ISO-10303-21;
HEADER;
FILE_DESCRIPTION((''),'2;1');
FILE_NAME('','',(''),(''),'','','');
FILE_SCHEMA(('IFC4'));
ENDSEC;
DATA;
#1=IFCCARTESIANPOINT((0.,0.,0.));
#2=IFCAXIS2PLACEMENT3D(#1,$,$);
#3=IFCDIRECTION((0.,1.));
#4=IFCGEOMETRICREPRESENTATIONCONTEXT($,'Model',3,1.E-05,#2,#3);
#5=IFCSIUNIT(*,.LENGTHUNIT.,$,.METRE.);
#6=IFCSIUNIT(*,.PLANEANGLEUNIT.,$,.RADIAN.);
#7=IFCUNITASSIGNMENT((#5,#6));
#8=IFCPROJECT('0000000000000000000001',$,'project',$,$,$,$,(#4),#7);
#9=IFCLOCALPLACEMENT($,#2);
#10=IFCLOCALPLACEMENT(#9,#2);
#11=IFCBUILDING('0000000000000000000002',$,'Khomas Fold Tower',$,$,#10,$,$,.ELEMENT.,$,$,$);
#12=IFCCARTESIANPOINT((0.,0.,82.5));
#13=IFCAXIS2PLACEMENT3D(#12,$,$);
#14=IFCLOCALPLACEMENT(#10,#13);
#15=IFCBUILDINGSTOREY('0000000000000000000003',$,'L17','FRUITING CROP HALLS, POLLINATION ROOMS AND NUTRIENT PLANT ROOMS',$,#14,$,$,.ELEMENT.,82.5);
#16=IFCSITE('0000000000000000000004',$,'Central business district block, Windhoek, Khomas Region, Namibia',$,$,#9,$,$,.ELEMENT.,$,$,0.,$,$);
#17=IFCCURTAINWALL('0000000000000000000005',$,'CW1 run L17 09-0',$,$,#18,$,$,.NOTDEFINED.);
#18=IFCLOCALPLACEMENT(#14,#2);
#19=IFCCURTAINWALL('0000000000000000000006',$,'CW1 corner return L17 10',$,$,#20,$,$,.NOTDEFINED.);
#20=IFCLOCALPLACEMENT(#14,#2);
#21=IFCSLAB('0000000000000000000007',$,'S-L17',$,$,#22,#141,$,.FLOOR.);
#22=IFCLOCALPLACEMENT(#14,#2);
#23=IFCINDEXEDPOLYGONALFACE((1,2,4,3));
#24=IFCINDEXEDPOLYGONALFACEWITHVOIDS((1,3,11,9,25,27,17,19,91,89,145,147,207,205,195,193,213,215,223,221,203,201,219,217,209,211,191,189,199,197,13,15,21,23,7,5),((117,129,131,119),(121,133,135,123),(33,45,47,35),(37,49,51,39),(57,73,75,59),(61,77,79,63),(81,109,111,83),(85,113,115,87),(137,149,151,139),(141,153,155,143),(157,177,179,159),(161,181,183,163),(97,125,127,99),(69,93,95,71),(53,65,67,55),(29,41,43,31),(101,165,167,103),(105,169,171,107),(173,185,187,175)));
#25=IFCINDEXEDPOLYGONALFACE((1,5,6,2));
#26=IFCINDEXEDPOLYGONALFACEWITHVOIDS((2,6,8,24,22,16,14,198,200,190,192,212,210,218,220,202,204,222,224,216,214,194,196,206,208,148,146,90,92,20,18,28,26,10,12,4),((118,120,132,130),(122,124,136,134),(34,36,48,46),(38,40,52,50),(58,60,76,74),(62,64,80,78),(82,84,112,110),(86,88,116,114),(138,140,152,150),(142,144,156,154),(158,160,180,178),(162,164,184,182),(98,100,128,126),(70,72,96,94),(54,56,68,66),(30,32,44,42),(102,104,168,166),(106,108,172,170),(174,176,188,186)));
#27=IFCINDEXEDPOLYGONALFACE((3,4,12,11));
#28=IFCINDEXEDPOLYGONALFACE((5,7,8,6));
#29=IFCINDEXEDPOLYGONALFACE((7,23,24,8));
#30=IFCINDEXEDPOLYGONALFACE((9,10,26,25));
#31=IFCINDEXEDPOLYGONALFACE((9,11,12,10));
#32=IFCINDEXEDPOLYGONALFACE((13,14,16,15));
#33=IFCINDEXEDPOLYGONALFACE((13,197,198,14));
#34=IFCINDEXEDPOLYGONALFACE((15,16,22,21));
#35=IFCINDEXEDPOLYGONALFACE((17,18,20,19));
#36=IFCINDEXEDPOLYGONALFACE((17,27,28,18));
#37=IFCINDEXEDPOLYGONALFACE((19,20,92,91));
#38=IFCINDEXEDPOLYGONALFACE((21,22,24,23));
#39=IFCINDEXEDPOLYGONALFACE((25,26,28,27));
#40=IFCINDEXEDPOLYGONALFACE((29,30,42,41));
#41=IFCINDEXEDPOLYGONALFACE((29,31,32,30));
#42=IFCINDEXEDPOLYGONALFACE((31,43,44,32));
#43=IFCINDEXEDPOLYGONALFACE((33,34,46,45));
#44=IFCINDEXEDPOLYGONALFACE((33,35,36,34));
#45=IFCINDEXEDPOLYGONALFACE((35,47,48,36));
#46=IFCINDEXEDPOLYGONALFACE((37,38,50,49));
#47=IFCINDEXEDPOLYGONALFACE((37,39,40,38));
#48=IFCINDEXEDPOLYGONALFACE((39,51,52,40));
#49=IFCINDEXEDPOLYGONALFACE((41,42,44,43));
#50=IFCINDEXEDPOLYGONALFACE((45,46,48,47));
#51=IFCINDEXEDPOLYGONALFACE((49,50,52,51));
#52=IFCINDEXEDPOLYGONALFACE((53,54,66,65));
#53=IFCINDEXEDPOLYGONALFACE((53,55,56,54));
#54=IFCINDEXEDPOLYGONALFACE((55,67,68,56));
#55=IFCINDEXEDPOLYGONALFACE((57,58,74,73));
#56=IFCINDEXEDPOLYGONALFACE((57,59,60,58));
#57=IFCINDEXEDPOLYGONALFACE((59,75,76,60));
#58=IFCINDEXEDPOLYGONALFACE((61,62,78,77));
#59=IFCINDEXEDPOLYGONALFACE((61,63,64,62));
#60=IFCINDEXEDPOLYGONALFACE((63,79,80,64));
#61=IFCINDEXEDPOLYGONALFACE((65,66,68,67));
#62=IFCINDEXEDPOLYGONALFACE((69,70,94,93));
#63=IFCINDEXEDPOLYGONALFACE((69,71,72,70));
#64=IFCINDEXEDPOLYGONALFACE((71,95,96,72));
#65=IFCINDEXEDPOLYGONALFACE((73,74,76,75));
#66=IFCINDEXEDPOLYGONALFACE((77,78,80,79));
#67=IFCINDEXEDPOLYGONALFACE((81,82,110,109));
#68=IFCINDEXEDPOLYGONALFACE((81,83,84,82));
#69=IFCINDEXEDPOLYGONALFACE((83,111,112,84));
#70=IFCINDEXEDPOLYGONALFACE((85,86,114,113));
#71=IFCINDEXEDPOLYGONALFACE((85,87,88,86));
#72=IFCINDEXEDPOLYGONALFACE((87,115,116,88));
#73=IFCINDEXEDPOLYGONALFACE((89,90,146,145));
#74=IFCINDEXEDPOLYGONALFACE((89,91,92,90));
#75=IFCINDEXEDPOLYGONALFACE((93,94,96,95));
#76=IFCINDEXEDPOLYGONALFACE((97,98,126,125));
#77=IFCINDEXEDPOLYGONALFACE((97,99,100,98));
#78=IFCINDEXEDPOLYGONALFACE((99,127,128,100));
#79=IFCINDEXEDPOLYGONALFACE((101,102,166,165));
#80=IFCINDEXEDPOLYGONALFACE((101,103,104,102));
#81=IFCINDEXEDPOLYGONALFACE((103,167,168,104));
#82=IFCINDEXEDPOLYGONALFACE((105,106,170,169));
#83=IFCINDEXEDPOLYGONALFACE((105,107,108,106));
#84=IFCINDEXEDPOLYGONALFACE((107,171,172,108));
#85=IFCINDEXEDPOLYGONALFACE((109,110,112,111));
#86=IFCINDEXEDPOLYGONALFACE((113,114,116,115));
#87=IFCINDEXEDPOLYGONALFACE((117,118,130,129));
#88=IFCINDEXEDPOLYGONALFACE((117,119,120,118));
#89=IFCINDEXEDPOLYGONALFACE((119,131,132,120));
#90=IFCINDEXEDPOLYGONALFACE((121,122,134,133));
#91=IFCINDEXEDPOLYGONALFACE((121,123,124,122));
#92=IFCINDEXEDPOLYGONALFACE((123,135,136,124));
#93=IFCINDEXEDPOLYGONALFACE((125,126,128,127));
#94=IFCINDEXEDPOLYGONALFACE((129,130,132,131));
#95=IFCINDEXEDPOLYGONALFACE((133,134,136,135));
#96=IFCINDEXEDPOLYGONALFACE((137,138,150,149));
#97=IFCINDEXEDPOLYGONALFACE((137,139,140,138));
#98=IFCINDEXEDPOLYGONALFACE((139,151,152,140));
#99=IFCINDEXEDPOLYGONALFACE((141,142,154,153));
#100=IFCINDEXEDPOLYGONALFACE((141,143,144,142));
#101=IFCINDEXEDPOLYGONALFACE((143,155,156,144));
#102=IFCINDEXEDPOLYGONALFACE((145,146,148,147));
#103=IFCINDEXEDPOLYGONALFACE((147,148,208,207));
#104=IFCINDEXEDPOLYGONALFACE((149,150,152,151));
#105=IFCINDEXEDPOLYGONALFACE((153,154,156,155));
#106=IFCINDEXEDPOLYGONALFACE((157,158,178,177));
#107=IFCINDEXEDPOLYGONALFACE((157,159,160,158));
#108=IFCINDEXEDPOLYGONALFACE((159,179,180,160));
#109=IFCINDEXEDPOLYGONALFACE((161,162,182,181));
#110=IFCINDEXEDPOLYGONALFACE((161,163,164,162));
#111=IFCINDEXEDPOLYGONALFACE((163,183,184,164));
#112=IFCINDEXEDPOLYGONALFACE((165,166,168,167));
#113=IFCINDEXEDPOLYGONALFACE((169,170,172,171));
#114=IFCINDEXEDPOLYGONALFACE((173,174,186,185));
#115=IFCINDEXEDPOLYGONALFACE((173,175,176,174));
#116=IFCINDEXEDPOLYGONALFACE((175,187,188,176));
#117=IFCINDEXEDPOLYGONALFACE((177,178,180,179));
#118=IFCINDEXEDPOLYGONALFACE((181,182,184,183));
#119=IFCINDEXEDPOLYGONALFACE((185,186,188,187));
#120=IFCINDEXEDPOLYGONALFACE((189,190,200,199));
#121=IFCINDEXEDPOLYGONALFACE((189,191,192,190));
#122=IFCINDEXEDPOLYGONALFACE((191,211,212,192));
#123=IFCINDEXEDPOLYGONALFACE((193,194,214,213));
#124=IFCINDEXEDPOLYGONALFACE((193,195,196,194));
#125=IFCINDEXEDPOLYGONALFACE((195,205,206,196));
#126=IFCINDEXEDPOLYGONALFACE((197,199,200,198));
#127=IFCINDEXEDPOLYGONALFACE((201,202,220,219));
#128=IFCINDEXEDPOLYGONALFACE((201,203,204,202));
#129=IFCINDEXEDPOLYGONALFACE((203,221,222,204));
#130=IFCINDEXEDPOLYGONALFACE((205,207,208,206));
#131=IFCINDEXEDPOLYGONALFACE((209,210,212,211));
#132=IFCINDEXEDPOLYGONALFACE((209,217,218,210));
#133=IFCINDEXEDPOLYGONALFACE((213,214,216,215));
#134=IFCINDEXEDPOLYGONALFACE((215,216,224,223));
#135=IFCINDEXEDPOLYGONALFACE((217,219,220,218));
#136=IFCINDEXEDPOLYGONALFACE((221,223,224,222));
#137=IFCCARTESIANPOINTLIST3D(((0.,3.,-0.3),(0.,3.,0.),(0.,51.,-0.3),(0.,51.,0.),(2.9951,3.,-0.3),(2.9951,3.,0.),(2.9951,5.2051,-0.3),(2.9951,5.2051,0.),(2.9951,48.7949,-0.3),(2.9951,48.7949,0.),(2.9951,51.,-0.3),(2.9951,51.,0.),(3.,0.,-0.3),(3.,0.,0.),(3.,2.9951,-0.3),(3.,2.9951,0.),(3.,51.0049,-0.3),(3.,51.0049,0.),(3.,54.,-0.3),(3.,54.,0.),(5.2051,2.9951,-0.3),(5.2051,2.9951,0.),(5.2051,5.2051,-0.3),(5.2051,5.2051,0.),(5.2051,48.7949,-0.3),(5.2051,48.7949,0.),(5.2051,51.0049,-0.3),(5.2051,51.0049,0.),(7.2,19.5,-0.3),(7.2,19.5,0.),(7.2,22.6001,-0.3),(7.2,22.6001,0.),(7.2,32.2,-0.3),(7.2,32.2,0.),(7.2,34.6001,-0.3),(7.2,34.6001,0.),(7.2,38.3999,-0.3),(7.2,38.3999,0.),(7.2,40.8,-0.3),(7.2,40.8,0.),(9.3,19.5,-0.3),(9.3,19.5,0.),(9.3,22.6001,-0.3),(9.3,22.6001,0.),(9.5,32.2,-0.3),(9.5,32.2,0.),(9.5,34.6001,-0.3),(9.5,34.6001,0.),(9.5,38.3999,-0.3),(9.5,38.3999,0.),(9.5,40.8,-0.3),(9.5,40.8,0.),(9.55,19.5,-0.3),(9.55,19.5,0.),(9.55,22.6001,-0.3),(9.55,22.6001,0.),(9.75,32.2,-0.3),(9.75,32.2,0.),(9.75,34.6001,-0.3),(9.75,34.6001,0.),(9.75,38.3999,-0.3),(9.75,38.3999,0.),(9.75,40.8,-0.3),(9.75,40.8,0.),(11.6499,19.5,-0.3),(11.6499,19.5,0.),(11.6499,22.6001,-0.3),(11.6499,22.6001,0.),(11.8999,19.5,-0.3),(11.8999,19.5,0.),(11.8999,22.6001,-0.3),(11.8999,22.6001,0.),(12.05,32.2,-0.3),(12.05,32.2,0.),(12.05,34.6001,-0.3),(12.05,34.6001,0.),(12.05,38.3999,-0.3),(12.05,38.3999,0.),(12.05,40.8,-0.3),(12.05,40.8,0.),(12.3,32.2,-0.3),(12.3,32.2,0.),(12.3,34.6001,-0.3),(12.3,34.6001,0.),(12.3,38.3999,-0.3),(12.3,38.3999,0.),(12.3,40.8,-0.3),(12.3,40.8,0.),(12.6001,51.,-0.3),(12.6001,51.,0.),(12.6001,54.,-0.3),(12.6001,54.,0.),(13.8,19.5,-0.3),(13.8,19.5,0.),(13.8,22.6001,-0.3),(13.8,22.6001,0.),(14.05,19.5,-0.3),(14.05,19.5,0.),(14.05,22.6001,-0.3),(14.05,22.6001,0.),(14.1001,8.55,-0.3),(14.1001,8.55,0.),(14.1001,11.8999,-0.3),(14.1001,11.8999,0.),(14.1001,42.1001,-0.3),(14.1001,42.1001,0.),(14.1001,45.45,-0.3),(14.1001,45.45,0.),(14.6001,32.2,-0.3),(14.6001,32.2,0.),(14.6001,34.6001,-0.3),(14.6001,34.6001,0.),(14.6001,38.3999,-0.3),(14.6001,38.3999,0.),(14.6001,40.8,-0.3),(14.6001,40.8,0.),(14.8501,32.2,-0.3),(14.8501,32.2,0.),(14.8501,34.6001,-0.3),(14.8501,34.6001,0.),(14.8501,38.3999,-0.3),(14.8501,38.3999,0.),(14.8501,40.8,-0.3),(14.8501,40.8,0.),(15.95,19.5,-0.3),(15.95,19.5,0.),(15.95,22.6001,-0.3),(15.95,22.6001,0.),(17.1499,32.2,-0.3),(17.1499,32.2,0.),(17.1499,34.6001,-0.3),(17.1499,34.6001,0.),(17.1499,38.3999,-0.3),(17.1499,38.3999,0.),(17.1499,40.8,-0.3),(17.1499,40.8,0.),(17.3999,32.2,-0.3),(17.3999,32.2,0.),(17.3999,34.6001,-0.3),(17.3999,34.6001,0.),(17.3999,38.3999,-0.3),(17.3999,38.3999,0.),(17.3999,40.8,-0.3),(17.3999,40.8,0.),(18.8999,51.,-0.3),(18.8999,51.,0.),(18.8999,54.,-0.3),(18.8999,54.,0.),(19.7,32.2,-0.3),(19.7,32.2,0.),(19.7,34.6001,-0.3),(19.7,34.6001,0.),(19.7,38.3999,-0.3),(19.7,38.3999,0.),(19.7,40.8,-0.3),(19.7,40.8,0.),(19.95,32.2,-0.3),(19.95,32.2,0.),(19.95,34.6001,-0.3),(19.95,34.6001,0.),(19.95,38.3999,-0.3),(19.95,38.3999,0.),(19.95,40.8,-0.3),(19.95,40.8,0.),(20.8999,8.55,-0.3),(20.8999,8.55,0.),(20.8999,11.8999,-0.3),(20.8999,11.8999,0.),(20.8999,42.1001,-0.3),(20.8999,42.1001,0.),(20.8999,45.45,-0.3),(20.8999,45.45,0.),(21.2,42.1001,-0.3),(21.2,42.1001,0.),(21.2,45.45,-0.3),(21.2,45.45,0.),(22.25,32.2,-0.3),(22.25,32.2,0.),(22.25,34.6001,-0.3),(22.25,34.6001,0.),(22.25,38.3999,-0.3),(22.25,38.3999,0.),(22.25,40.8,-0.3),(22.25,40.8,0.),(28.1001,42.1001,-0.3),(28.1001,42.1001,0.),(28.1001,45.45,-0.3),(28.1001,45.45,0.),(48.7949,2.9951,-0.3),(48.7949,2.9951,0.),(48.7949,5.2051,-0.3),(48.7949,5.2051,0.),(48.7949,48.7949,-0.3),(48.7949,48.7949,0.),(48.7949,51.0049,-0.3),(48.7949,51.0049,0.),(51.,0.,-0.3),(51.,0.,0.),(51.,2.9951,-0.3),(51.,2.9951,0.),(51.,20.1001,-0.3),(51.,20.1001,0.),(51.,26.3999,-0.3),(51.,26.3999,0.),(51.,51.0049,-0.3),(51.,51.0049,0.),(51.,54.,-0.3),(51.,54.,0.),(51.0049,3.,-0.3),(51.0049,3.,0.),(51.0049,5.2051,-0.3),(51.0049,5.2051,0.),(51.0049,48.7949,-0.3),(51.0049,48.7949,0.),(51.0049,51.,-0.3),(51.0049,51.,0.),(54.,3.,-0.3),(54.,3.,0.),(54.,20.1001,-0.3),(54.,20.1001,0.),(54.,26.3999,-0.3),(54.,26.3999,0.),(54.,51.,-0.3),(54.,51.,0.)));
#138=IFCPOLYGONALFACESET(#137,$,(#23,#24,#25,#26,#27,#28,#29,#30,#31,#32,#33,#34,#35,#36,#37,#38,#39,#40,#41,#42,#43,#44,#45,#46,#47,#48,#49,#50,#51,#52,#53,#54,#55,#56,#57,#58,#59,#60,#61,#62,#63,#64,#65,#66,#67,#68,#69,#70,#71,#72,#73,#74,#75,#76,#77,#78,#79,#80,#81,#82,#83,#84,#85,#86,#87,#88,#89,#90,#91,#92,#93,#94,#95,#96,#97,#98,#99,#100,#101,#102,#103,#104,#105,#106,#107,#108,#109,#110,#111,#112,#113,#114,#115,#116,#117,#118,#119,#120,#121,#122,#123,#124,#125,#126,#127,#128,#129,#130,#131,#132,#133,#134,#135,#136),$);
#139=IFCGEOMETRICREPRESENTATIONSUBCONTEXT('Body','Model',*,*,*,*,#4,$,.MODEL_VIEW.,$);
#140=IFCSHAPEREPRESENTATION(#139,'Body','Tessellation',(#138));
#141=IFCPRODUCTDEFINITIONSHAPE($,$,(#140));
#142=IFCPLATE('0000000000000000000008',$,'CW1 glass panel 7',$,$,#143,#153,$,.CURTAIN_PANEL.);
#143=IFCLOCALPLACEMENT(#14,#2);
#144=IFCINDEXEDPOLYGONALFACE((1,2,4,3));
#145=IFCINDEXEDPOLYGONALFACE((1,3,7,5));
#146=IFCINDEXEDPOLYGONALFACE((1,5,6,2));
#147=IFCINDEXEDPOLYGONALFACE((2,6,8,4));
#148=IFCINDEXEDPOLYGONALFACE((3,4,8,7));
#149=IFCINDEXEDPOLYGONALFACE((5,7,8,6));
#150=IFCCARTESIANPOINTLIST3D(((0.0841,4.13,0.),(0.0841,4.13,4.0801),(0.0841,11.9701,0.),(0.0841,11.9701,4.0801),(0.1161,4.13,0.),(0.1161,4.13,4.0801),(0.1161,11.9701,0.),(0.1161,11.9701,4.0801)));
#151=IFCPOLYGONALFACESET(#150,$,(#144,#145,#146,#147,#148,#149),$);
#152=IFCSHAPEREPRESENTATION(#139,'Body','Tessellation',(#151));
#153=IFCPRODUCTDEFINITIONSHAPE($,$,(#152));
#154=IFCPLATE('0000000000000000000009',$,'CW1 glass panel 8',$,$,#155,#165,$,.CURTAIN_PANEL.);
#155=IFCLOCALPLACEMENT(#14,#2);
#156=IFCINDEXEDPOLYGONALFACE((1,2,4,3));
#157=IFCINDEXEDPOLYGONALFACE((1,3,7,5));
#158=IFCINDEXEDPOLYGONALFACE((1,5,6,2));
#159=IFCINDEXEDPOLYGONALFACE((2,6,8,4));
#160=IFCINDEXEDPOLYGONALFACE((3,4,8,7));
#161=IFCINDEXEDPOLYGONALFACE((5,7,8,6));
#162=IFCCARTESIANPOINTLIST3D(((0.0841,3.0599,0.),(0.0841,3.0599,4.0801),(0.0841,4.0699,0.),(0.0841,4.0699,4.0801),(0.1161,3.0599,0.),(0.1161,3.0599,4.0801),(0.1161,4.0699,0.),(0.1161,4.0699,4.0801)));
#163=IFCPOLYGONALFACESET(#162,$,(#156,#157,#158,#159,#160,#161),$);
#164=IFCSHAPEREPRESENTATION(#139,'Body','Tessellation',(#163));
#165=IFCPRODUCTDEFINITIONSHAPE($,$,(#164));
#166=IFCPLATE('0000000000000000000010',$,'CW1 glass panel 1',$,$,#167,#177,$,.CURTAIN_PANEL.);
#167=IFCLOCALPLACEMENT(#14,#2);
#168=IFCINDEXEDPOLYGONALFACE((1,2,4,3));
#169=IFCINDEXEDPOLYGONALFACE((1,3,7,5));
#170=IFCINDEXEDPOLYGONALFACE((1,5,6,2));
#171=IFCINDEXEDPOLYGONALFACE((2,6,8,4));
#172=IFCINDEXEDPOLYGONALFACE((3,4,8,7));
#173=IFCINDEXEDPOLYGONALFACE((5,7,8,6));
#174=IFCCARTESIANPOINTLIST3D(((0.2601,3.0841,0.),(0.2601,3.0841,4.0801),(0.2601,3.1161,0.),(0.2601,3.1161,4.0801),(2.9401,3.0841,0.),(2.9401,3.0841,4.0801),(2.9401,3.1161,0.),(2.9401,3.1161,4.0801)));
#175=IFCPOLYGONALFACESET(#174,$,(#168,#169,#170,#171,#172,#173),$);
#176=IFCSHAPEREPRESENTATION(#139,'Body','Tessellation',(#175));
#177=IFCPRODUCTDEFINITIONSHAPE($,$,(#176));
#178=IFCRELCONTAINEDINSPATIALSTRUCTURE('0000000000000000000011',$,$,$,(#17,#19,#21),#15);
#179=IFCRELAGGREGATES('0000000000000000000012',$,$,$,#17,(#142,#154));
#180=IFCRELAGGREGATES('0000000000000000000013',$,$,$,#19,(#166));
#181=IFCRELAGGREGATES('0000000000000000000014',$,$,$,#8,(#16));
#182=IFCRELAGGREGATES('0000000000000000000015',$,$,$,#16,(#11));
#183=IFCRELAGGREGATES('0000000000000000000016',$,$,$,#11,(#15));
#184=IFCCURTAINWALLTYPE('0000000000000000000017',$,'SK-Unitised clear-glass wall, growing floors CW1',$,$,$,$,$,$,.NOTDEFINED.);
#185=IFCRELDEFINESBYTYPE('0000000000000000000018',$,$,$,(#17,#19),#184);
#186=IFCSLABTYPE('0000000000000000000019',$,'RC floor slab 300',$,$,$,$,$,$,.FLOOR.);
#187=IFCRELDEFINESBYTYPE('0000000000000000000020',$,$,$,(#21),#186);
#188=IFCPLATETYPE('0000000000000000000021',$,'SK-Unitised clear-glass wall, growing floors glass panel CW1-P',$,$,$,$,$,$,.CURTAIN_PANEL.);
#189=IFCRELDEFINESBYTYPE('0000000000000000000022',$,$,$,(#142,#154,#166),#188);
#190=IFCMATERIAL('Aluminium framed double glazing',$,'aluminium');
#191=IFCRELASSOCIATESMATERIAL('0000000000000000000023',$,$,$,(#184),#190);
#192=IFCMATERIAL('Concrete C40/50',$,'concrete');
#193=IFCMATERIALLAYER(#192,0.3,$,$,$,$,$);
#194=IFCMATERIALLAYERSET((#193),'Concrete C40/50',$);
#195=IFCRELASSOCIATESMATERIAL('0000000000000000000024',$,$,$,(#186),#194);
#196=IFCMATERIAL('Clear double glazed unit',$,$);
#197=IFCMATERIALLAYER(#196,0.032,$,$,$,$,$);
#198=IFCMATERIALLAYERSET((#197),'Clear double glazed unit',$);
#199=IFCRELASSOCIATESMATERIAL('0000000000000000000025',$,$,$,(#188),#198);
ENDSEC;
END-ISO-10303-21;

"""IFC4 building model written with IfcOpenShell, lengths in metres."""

from ifc_helpers import new_model, si_unit, direction, frame, origin, origin_2d, place, context, subcontext, project, spatial, polyline, rectangle, outline, extrude, source, transform, mapped, material, layer, layer_set, type_object, element, aggregate, save


model = new_model("IFC4")

# Units and contexts
model_context = context("Model", 3, precision=1e-05, world=origin(), true_north=direction((0.0, 1.0)))
body_context = subcontext(model_context, "Body", "Model", "MODEL_VIEW")
ifc_project = project(units=[si_unit("LENGTHUNIT", "METRE"), si_unit("PLANEANGLEUNIT", "RADIAN")], contexts=[model_context])

# Site, building, storey
site_placement = place(None, origin())
site = spatial("IfcSite", under=ifc_project, at=site_placement, Name="Central business district block, Windhoek, Khomas Region, Namibia", CompositionType="ELEMENT", RefElevation=0.0)
building_placement = place(site_placement, origin())
building = spatial("IfcBuilding", under=site, at=building_placement, Name="Khomas Fold Tower", CompositionType="ELEMENT")
storey_placement = place(building_placement, frame((0.0, 0.0, 82.5)))
storey = spatial("IfcBuildingStorey", under=building, at=storey_placement, Name="L17", Description="FRUITING CROP HALLS, POLLINATION ROOMS AND NUTRIENT PLANT ROOMS", CompositionType="ELEMENT", Elevation=82.5)

# Curtain walls
ifc_material_1 = material(Name="Aluminium framed double glazing", Category="aluminium")
curtain_wall_type = type_object("IfcCurtainWallType", Name="SK-Unitised clear-glass wall, growing floors CW1", PredefinedType="NOTDEFINED", material=ifc_material_1)
curtain_wall_1_placement = place(storey_placement, origin())
curtain_wall_1 = element("IfcCurtainWall", 1, at=curtain_wall_1_placement, inside=storey, type_object=curtain_wall_type, Name="CW1 run L17 09-0", PredefinedType="NOTDEFINED")
curtain_wall_2_placement = place(storey_placement, origin())
curtain_wall_2 = element("IfcCurtainWall", 2, at=curtain_wall_2_placement, inside=storey, type_object=curtain_wall_type, Name="CW1 corner return L17 10", PredefinedType="NOTDEFINED")

# Slab
ifc_material_2 = material(Name="Concrete C40/50", Category="concrete")
ifc_layer_1 = layer(ifc_material_2, 0.3)
ifc_layer_set_1 = layer_set([ifc_layer_1], Name="Concrete C40/50")
slab_type_1 = type_object("IfcSlabType", Name="RC floor slab 300", PredefinedType="FLOOR", material=ifc_layer_set_1)
shared_shape_1 = source(origin(), body_context, "Body", "SweptSolid", [
    extrude(outline(polyline([(0.0, 3.0), (2.9951, 3.0), (2.9951, 5.2051), (5.2051, 5.2051), (5.2051, 2.9951), (3.0, 2.9951), (3.0, 0.0), (51.0, 0.0), (51.0, 2.9951), (48.7949, 2.9951), (48.7949, 5.2051), (51.0049, 5.2051), (51.0049, 3.0), (54.0, 3.0), (54.0, 20.1001), (51.0, 20.1001), (51.0, 26.3999), (54.0, 26.3999), (54.0, 51.0), (51.0049, 51.0), (51.0049, 48.7949), (48.7949, 48.7949), (48.7949, 51.0049), (51.0, 51.0049), (51.0, 54.0), (18.8999, 54.0), (18.8999, 51.0), (12.6001, 51.0), (12.6001, 54.0), (3.0, 54.0), (3.0, 51.0049), (5.2051, 51.0049), (5.2051, 48.7949), (2.9951, 48.7949), (2.9951, 51.0), (0.0, 51.0), (0.0, 3.0)]), holes=[polyline([(7.2, 19.5), (7.2, 22.6001), (9.3, 22.6001), (9.3, 19.5), (7.2, 19.5)]), polyline([(7.2, 32.2), (7.2, 34.6001), (9.5, 34.6001), (9.5, 32.2), (7.2, 32.2)]), polyline([(7.2, 38.3999), (7.2, 40.8), (9.5, 40.8), (9.5, 38.3999), (7.2, 38.3999)]), polyline([(9.55, 19.5), (9.55, 22.6001), (11.6499, 22.6001), (11.6499, 19.5), (9.55, 19.5)]), polyline([(9.75, 32.2), (9.75, 34.6001), (12.05, 34.6001), (12.05, 32.2), (9.75, 32.2)]), polyline([(9.75, 38.3999), (9.75, 40.8), (12.05, 40.8), (12.05, 38.3999), (9.75, 38.3999)]), polyline([(11.8999, 19.5), (11.8999, 22.6001), (13.8, 22.6001), (13.8, 19.5), (11.8999, 19.5)]), polyline([(12.3, 32.2), (12.3, 34.6001), (14.6001, 34.6001), (14.6001, 32.2), (12.3, 32.2)]), polyline([(12.3, 38.3999), (12.3, 40.8), (14.6001, 40.8), (14.6001, 38.3999), (12.3, 38.3999)]), polyline([(14.05, 19.5), (14.05, 22.6001), (15.95, 22.6001), (15.95, 19.5), (14.05, 19.5)]), polyline([(14.1001, 8.55), (14.1001, 11.8999), (20.8999, 11.8999), (20.8999, 8.55), (14.1001, 8.55)]), polyline([(14.1001, 42.1001), (14.1001, 45.45), (20.8999, 45.45), (20.8999, 42.1001), (14.1001, 42.1001)]), polyline([(14.8501, 32.2), (14.8501, 34.6001), (17.1499, 34.6001), (17.1499, 32.2), (14.8501, 32.2)]), polyline([(14.8501, 38.3999), (14.8501, 40.8), (17.1499, 40.8), (17.1499, 38.3999), (14.8501, 38.3999)]), polyline([(17.3999, 32.2), (17.3999, 34.6001), (19.7, 34.6001), (19.7, 32.2), (17.3999, 32.2)]), polyline([(17.3999, 38.3999), (17.3999, 40.8), (19.7, 40.8), (19.7, 38.3999), (17.3999, 38.3999)]), polyline([(19.95, 32.2), (19.95, 34.6001), (22.25, 34.6001), (22.25, 32.2), (19.95, 32.2)]), polyline([(19.95, 38.3999), (19.95, 40.8), (22.25, 40.8), (22.25, 38.3999), (19.95, 38.3999)]), polyline([(21.2, 42.1001), (21.2, 45.45), (28.1001, 45.45), (28.1001, 42.1001), (21.2, 42.1001)])]), origin(), (0.0, 0.0, 1.0), 0.3),
])
slab_1_placement = place(storey_placement, frame((0.0, 0.0, -0.3)))
element("IfcSlab", 3, at=slab_1_placement, inside=storey, type_object=slab_type_1, Name="S-L17", PredefinedType="FLOOR", context=body_context, shape_type="MappedRepresentation", body=[
    mapped(shared_shape_1, transform((0.0, 0.0, 0.0))),
])

# Plates
ifc_material_3 = material(Name="Clear double glazed unit")
ifc_layer_2 = layer(ifc_material_3, 0.032)
ifc_layer_set_2 = layer_set([ifc_layer_2], Name="Clear double glazed unit")
plate_type = type_object("IfcPlateType", Name="SK-Unitised clear-glass wall, growing floors glass panel CW1-P", PredefinedType="CURTAIN_PANEL", material=ifc_layer_set_2)
shared_shape_2 = source(origin(), body_context, "Body", "SweptSolid", [
    extrude(rectangle(XDim=7.8401, YDim=0.032, at=origin_2d()), origin(), (0.0, 0.0, 1.0), 4.0801),
])
plate_1_placement = place(storey_placement, frame((0.1001, 8.05, 0.0), z_axis=(0.0, 0.0, 1.0), x_axis=(0.0, -1.0, 0.0)))
plate_1 = element("IfcPlate", 4, at=plate_1_placement, type_object=plate_type, Name="CW1 glass panel 7", PredefinedType="CURTAIN_PANEL", context=body_context, shape_type="MappedRepresentation", body=[
    mapped(shared_shape_2, transform((0.0, 0.0, 0.0))),
])
shared_shape_3 = source(origin(), body_context, "Body", "SweptSolid", [
    extrude(rectangle(XDim=1.01, YDim=0.032, at=origin_2d()), origin(), (0.0, 0.0, 1.0), 4.0801),
])
plate_2_placement = place(storey_placement, frame((0.1001, 3.5649, 0.0), z_axis=(0.0, 0.0, 1.0), x_axis=(0.0, -1.0, 0.0)))
plate_2 = element("IfcPlate", 5, at=plate_2_placement, type_object=plate_type, Name="CW1 glass panel 8", PredefinedType="CURTAIN_PANEL", context=body_context, shape_type="MappedRepresentation", body=[
    mapped(shared_shape_3, transform((0.0, 0.0, 0.0))),
])
aggregate(curtain_wall_1, [plate_1, plate_2])
shared_shape_4 = source(origin(), body_context, "Body", "SweptSolid", [
    extrude(rectangle(XDim=2.6799, YDim=0.032, at=origin_2d()), origin(), (0.0, 0.0, 1.0), 4.0801),
])
plate_3_placement = place(storey_placement, frame((1.6001, 3.1001, 0.0), z_axis=(0.0, 0.0, 1.0), x_axis=(1.0, 0.0, 0.0)))
plate_3 = element("IfcPlate", 6, at=plate_3_placement, type_object=plate_type, Name="CW1 glass panel 1", PredefinedType="CURTAIN_PANEL", context=body_context, shape_type="MappedRepresentation", body=[
    mapped(shared_shape_4, transform((0.0, 0.0, 0.0))),
])
aggregate(curtain_wall_2, [plate_3])

save(model, "model.ifc")
